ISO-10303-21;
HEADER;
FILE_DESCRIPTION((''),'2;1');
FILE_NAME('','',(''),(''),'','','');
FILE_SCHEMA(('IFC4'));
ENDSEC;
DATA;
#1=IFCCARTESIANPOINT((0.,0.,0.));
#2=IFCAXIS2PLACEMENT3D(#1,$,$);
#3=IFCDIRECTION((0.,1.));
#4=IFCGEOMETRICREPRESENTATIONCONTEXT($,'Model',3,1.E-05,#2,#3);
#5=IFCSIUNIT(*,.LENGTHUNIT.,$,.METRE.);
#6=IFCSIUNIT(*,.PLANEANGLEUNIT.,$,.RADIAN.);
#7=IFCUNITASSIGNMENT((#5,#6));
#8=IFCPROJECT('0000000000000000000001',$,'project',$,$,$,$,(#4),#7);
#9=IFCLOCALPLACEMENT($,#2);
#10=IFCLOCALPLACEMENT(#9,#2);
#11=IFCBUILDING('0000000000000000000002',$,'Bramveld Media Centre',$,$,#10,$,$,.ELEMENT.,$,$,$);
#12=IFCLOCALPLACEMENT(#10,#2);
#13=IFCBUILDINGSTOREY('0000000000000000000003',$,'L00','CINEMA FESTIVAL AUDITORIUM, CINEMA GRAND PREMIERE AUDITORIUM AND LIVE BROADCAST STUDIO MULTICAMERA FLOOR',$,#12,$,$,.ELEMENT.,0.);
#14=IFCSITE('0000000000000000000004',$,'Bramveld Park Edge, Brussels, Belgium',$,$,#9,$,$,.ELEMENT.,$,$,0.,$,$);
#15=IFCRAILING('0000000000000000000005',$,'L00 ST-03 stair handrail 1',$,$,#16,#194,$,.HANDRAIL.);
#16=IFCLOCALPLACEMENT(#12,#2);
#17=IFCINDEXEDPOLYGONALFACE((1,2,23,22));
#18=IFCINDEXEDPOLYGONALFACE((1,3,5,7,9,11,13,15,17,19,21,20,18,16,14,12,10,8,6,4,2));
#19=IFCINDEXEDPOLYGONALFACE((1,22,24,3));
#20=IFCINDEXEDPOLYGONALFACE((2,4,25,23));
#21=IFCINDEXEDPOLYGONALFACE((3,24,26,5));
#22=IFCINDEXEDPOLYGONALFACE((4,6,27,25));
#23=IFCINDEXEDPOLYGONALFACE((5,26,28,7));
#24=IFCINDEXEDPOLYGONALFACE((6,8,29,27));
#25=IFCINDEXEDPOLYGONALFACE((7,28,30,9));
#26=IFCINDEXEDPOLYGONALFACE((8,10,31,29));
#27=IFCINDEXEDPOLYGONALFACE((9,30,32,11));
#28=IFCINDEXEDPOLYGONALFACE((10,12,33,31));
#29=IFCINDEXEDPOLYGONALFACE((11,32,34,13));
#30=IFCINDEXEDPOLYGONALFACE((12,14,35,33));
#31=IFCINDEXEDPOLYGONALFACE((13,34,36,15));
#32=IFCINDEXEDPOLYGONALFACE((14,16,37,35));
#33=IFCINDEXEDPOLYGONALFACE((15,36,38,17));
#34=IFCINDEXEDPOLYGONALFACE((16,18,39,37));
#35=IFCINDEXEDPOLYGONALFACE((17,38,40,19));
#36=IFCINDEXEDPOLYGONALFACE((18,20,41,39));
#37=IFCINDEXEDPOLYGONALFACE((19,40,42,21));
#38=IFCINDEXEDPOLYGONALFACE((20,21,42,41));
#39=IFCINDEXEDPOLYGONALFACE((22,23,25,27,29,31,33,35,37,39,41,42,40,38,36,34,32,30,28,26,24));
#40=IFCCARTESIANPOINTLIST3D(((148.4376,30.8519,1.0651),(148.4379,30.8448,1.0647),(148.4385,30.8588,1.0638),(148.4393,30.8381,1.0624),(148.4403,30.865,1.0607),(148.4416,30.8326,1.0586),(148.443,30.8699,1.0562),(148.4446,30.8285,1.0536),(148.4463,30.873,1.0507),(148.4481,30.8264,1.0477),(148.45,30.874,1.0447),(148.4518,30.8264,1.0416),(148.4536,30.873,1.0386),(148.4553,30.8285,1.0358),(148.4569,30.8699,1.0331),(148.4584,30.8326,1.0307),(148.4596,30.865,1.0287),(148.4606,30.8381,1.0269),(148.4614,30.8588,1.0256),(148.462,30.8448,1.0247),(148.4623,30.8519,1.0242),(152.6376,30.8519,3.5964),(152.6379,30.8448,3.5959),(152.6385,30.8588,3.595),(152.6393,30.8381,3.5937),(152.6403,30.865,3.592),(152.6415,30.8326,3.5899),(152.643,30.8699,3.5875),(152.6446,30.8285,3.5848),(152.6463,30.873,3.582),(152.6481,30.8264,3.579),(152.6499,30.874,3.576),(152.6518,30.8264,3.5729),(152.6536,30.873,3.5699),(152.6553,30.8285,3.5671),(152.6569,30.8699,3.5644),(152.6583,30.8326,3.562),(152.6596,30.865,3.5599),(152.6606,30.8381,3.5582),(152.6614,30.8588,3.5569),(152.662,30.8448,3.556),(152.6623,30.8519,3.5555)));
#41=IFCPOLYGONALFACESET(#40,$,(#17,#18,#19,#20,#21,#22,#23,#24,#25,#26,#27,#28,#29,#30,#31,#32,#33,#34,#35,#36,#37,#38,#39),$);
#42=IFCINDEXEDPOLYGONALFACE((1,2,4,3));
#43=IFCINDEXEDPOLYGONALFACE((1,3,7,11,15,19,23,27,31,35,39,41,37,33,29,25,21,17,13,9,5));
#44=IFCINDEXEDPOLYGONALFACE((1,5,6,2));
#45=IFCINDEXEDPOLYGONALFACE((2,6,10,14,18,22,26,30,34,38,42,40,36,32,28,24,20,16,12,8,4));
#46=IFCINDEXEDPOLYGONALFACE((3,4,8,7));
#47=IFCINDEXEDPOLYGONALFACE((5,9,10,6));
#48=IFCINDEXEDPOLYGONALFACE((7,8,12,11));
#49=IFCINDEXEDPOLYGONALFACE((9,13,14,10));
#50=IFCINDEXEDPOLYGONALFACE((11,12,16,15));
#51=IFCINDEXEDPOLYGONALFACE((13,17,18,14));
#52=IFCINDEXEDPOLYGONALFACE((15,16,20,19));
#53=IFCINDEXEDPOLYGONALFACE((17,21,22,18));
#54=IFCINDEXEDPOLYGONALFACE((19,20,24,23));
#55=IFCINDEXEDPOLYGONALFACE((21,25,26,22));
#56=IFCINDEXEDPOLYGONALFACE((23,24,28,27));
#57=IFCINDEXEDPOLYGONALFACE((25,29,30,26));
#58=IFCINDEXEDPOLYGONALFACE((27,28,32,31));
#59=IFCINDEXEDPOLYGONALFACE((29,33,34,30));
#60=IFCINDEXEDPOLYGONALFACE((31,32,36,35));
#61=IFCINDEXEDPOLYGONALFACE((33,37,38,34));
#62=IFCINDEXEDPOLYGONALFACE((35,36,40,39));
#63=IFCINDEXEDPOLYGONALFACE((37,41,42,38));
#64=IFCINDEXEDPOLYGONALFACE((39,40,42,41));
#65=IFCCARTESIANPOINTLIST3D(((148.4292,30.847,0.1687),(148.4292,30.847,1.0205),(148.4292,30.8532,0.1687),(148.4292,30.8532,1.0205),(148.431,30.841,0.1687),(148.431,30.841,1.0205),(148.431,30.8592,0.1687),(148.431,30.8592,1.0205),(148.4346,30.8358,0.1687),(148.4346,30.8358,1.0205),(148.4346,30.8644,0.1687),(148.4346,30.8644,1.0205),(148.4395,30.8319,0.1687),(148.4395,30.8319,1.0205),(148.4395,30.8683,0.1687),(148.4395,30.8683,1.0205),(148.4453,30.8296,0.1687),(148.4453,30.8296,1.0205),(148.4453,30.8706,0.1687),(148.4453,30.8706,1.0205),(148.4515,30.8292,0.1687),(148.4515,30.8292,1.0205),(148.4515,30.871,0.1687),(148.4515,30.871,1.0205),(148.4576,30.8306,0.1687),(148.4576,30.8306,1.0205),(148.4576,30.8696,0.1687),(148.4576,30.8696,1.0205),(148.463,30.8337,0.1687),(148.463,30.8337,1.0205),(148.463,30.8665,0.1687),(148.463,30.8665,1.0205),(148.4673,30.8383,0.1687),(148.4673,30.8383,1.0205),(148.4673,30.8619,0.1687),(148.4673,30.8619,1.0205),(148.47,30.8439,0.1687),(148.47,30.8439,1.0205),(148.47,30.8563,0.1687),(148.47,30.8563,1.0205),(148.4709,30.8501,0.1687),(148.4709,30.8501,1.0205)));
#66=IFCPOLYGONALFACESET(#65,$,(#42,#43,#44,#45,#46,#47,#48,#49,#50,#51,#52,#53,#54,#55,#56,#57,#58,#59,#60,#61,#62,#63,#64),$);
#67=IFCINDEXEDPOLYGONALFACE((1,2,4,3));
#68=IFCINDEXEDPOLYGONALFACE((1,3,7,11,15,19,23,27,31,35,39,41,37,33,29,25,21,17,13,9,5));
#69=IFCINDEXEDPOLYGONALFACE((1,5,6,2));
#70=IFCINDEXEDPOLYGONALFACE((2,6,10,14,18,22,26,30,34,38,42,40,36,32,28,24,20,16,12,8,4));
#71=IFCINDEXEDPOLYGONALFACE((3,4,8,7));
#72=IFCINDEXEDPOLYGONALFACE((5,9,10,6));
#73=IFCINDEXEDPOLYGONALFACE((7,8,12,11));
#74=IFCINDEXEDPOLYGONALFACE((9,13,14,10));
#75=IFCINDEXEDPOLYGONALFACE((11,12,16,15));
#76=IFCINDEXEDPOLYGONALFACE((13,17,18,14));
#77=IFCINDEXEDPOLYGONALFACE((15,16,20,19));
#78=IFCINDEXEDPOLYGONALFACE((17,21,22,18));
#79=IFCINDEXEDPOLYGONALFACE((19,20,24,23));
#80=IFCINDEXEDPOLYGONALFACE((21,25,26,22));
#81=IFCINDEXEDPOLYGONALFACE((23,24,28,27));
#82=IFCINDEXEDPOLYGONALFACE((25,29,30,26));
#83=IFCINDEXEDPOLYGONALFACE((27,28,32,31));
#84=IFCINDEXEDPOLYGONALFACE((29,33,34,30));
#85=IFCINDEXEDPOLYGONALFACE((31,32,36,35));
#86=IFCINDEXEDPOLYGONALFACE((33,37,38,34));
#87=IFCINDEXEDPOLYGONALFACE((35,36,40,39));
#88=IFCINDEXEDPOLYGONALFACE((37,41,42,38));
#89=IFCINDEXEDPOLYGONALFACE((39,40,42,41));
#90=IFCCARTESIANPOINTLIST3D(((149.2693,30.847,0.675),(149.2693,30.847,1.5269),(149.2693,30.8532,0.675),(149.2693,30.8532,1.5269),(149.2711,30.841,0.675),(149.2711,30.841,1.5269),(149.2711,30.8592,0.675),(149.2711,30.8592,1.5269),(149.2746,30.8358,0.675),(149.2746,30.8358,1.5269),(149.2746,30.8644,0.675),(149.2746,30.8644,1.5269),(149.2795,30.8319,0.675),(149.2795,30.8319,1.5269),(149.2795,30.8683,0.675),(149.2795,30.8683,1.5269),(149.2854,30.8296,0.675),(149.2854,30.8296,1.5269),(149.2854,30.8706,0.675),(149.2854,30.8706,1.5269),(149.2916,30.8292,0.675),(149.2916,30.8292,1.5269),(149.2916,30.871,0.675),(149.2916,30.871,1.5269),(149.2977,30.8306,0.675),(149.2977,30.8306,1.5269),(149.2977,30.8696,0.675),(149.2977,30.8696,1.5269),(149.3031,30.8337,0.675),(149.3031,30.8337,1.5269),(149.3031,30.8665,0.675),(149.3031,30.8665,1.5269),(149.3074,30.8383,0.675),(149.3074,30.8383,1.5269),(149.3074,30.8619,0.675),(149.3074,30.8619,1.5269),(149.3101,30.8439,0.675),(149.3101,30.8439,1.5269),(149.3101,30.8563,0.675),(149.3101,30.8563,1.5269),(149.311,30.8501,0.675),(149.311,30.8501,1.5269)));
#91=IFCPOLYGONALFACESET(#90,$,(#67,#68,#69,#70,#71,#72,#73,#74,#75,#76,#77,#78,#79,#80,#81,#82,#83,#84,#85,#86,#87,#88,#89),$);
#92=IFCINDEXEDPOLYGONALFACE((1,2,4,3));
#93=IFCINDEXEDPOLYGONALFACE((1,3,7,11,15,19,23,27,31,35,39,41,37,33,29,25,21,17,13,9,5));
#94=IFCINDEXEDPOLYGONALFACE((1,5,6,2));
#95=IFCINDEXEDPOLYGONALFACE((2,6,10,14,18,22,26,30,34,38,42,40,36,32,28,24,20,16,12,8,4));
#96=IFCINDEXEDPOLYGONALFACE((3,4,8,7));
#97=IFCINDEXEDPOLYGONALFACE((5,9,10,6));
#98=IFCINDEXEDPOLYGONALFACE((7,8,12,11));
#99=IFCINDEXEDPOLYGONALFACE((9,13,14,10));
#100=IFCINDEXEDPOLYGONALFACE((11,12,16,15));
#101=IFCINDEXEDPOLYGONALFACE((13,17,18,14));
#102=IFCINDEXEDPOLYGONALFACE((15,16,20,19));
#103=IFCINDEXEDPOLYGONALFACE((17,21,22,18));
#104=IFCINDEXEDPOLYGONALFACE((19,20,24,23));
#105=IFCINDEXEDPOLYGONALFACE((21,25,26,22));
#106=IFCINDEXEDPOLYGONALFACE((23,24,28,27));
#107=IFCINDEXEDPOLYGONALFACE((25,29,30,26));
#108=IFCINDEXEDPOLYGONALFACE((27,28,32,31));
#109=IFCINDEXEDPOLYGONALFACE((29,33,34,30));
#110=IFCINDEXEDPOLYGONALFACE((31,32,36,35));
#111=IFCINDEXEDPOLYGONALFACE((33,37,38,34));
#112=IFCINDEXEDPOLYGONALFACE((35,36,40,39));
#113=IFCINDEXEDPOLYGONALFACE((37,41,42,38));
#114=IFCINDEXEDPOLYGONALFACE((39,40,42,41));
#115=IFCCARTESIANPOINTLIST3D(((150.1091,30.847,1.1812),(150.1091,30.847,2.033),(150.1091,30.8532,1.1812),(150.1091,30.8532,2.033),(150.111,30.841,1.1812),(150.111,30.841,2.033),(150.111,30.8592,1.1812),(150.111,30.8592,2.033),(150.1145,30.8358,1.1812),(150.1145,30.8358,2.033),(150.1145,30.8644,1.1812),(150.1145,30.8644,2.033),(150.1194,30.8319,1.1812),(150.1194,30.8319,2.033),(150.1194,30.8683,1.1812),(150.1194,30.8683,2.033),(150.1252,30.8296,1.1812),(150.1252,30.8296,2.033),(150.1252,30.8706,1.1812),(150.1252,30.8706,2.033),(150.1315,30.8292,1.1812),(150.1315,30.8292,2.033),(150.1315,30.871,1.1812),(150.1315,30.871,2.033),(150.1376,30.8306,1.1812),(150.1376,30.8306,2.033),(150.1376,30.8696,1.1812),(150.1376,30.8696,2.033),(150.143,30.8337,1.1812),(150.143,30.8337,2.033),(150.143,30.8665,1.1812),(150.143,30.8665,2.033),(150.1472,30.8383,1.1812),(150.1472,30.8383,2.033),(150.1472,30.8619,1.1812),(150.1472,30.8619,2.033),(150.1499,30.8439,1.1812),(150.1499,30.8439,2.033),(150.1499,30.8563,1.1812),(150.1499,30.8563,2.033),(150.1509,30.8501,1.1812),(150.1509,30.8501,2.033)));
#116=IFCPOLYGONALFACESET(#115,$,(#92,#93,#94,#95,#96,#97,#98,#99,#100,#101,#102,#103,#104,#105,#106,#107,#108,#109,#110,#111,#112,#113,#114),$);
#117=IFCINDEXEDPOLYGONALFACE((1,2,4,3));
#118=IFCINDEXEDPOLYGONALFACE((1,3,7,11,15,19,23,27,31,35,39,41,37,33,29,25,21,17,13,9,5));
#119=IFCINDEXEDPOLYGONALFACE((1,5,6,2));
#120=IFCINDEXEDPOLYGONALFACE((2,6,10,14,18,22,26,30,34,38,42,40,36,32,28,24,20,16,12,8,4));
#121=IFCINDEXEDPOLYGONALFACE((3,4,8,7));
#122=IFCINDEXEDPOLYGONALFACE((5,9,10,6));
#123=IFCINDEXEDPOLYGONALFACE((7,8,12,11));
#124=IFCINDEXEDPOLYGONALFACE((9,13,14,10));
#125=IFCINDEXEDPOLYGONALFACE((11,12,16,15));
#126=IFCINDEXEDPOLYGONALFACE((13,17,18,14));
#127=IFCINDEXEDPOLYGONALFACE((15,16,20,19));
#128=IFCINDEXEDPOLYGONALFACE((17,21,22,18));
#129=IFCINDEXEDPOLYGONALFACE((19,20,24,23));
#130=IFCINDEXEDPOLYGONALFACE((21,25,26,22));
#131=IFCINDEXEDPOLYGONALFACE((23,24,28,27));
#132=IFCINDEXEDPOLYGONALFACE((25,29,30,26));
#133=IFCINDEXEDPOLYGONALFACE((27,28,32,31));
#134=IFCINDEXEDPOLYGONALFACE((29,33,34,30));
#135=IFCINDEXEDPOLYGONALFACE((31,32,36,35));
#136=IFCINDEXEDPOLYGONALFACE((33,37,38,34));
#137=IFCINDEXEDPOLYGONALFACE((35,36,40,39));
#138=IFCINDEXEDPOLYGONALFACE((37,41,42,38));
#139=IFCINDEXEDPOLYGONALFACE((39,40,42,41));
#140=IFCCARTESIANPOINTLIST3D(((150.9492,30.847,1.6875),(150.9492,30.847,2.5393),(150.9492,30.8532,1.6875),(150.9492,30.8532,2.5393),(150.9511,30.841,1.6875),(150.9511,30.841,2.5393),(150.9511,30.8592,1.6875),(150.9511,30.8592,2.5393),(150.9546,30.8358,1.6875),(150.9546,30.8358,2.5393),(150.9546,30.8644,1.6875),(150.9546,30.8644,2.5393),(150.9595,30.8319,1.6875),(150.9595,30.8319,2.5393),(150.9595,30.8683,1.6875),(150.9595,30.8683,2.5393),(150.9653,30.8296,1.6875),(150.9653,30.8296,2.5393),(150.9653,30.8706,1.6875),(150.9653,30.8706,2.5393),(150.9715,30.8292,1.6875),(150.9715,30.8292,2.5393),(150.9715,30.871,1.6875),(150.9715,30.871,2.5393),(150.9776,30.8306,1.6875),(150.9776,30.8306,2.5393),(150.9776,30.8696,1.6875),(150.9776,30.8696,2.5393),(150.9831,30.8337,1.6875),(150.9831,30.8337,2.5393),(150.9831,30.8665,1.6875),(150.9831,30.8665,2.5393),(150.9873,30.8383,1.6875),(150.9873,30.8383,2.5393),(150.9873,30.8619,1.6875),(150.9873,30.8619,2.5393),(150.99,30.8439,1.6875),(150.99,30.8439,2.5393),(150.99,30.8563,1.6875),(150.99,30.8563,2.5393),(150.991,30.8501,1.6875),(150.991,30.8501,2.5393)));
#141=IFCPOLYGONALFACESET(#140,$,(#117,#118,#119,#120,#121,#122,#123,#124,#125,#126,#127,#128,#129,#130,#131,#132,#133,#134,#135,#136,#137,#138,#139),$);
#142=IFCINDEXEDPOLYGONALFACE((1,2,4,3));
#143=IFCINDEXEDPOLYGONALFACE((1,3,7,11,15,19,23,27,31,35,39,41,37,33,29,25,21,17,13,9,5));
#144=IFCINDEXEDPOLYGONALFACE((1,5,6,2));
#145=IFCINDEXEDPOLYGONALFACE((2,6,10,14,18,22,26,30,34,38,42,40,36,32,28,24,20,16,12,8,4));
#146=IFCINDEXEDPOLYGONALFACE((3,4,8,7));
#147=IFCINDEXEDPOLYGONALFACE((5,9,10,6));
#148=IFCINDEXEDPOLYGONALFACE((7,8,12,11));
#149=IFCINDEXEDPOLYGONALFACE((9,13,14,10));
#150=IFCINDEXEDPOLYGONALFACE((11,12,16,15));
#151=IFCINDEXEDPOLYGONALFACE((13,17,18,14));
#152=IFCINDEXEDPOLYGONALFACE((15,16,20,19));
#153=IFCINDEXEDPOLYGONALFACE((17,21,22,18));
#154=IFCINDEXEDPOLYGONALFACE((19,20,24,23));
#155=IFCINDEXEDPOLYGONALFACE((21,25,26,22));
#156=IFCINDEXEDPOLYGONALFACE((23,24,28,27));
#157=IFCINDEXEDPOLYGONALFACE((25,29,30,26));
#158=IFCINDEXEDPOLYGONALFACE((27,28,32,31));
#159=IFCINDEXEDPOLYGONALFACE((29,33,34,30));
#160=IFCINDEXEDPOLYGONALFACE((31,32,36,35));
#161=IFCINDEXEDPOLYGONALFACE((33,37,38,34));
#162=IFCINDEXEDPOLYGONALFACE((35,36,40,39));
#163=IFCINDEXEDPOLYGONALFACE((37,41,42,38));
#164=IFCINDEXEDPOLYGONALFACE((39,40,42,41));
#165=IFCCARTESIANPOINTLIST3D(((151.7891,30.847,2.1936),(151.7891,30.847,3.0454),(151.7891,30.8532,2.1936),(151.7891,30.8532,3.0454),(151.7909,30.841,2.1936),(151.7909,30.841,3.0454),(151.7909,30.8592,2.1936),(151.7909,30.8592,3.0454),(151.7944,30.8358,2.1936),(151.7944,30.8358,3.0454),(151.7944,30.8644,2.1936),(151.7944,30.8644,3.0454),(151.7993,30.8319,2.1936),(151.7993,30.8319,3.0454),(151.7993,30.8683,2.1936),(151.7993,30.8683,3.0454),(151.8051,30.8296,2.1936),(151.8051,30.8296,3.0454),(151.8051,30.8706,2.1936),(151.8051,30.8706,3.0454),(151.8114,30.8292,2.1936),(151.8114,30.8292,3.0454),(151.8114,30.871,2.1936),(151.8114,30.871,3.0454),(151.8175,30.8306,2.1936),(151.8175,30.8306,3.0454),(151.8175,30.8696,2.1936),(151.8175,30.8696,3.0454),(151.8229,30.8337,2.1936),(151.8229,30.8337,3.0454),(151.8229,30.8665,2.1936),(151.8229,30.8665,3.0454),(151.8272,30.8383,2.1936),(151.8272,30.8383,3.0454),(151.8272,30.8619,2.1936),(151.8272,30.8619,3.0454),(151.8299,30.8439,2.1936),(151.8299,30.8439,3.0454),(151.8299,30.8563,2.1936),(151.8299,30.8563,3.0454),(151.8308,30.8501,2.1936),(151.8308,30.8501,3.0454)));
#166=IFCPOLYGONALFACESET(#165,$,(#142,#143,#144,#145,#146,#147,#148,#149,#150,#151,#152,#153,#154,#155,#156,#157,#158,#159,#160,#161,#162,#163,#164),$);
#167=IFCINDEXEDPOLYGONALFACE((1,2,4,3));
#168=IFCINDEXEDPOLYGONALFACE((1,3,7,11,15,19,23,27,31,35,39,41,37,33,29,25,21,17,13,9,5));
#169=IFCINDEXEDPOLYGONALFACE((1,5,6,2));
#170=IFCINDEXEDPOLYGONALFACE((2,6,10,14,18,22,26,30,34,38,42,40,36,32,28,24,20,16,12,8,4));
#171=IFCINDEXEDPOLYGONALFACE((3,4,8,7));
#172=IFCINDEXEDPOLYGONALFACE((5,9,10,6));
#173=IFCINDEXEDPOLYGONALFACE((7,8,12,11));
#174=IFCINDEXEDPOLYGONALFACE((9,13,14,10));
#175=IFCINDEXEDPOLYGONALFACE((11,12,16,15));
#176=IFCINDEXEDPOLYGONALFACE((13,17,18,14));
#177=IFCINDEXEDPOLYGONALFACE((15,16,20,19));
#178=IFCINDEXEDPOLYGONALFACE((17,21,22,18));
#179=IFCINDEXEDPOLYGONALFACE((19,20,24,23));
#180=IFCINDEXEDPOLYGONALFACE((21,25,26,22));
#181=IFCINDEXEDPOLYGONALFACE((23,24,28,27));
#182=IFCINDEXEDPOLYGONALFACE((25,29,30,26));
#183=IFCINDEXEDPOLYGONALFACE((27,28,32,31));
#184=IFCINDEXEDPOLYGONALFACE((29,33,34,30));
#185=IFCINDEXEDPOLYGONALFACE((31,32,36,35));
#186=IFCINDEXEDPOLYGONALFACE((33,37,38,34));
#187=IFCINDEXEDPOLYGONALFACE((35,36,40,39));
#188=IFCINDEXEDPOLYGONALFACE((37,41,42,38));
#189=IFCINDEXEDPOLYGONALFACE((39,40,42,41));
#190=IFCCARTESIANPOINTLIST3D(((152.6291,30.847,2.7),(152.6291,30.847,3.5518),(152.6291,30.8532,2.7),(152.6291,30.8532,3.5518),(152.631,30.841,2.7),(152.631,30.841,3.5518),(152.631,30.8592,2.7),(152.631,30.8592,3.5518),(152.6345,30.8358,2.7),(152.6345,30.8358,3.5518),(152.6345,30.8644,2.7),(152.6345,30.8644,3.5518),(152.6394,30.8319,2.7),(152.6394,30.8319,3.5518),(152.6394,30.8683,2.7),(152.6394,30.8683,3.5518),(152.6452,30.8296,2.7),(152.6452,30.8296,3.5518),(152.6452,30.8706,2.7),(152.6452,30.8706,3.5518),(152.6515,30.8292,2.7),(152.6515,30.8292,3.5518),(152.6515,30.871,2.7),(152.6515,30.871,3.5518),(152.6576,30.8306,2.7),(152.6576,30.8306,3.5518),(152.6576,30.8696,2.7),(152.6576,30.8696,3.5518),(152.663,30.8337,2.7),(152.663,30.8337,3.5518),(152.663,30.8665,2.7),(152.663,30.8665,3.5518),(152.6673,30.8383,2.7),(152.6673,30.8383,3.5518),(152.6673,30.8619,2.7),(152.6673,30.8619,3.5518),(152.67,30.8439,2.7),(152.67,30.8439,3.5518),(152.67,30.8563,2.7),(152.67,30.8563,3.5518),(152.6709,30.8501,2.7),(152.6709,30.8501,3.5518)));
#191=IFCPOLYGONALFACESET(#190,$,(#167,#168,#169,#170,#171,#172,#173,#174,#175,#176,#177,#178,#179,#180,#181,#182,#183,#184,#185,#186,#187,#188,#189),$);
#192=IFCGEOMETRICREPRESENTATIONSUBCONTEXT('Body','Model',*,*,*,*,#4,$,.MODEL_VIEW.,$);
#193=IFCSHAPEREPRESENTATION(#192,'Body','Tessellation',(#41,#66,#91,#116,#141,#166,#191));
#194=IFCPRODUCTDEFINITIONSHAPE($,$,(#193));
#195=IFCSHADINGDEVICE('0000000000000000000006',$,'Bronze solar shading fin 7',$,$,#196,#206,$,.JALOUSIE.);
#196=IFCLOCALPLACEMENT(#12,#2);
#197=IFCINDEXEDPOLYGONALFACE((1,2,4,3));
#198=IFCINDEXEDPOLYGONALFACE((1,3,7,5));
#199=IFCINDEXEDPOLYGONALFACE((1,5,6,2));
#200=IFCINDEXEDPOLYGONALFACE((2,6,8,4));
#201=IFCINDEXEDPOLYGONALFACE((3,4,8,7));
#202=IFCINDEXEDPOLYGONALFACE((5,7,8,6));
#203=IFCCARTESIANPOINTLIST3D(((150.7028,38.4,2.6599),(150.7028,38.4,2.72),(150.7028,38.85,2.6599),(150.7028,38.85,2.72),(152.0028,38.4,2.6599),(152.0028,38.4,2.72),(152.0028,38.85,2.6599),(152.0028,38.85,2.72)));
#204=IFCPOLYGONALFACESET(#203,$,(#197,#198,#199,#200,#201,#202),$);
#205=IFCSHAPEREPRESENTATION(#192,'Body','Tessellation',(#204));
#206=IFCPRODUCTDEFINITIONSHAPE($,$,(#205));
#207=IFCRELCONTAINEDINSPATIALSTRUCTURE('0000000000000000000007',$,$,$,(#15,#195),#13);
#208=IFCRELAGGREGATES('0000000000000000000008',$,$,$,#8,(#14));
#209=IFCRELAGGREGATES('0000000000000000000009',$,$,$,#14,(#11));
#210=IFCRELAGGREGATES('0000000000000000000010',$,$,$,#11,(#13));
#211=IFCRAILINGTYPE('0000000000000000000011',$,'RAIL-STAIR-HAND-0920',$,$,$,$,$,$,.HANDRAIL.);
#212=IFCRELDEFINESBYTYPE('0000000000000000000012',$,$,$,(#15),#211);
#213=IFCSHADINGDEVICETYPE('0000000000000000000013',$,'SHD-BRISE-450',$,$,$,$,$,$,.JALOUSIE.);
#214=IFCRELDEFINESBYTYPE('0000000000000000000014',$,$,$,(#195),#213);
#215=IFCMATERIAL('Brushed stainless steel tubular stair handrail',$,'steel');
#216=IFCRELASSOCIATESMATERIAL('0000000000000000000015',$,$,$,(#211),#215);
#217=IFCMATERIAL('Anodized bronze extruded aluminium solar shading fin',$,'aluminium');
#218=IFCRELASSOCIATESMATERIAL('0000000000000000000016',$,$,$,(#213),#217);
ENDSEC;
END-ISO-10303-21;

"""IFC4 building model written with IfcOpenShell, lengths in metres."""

from ifc_helpers import new_model, si_unit, direction, frame, origin, origin_2d, place, context, subcontext, project, spatial, rectangle, circle, extrude, material, type_object, element, save


model = new_model("IFC4")

# Units and contexts
model_context = context("Model", 3, precision=1e-05, world=origin(), true_north=direction((0.0, 1.0)))
body_context = subcontext(model_context, "Body", "Model", "MODEL_VIEW")
ifc_project = project(units=[si_unit("LENGTHUNIT", "METRE"), si_unit("PLANEANGLEUNIT", "RADIAN")], contexts=[model_context])

# Site, building, storey
site_placement = place(None, origin())
site = spatial("IfcSite", under=ifc_project, at=site_placement, Name="Bramveld Park Edge, Brussels, Belgium", CompositionType="ELEMENT", RefElevation=0.0)
building_placement = place(site_placement, origin())
building = spatial("IfcBuilding", under=site, at=building_placement, Name="Bramveld Media Centre", CompositionType="ELEMENT")
storey_placement = place(building_placement, origin())
storey = spatial("IfcBuildingStorey", under=building, at=storey_placement, Name="L00", Description="CINEMA FESTIVAL AUDITORIUM, CINEMA GRAND PREMIERE AUDITORIUM AND LIVE BROADCAST STUDIO MULTICAMERA FLOOR", CompositionType="ELEMENT", Elevation=0.0)

# Railing
ifc_material_1 = material(Name="Brushed stainless steel tubular stair handrail", Category="steel")
railing_type_1 = type_object("IfcRailingType", Name="RAIL-STAIR-HAND-0920", PredefinedType="HANDRAIL", material=ifc_material_1)
railing_1_placement = place(storey_placement, frame((148.45, 30.8501, 0.1687)))
element("IfcRailing", 1, at=railing_1_placement, inside=storey, type_object=railing_type_1, Name="L00 ST-03 stair handrail 1", PredefinedType="HANDRAIL", context=body_context, shape_type="SweptSolid", body=[
    extrude(circle(Radius=0.0239, at=origin_2d()), frame((0.0, 0.0, 0.876), z_axis=(0.856476, 0.0, 0.516186), x_axis=(0.0, 1.0, 0.0)), (0.0, 0.0, 1.0), 4.9038),
    extrude(circle(Radius=0.021, at=origin_2d()), origin(), (0.0, 0.0, 1.0), 0.8518),
    extrude(circle(Radius=0.021, at=origin_2d()), frame((0.8401, 0.0, 0.5063)), (0.0, 0.0, 1.0), 0.8518),
    extrude(circle(Radius=0.021, at=origin_2d()), frame((1.6799, 0.0, 1.0125)), (0.0, 0.0, 1.0), 0.8518),
    extrude(circle(Radius=0.021, at=origin_2d()), frame((2.52, 0.0, 1.5188)), (0.0, 0.0, 1.0), 0.8518),
    extrude(circle(Radius=0.021, at=origin_2d()), frame((3.3599, 0.0, 2.0249)), (0.0, 0.0, 1.0), 0.8518),
    extrude(circle(Radius=0.021, at=origin_2d()), frame((4.2, 0.0, 2.5312)), (0.0, 0.0, 1.0), 0.8518),
])

# Shading device
ifc_material_2 = material(Name="Anodized bronze extruded aluminium solar shading fin", Category="aluminium")
shading_device_type = type_object("IfcShadingDeviceType", Name="SHD-BRISE-450", PredefinedType="JALOUSIE", material=ifc_material_2)
shading_device_placement = place(storey_placement, frame((151.3528, 38.625, 2.6599), z_axis=(0.0, 0.0, 1.0), x_axis=(1.0, 0.0, 0.0)))
element("IfcShadingDevice", 2, at=shading_device_placement, inside=storey, type_object=shading_device_type, Name="Bronze solar shading fin 7", PredefinedType="JALOUSIE", context=body_context, shape_type="SweptSolid", body=[
    extrude(rectangle(XDim=1.3, YDim=0.45, at=origin_2d()), origin(), (0.0, 0.0, 1.0), 0.0601),
])

save(model, "model.ifc")
